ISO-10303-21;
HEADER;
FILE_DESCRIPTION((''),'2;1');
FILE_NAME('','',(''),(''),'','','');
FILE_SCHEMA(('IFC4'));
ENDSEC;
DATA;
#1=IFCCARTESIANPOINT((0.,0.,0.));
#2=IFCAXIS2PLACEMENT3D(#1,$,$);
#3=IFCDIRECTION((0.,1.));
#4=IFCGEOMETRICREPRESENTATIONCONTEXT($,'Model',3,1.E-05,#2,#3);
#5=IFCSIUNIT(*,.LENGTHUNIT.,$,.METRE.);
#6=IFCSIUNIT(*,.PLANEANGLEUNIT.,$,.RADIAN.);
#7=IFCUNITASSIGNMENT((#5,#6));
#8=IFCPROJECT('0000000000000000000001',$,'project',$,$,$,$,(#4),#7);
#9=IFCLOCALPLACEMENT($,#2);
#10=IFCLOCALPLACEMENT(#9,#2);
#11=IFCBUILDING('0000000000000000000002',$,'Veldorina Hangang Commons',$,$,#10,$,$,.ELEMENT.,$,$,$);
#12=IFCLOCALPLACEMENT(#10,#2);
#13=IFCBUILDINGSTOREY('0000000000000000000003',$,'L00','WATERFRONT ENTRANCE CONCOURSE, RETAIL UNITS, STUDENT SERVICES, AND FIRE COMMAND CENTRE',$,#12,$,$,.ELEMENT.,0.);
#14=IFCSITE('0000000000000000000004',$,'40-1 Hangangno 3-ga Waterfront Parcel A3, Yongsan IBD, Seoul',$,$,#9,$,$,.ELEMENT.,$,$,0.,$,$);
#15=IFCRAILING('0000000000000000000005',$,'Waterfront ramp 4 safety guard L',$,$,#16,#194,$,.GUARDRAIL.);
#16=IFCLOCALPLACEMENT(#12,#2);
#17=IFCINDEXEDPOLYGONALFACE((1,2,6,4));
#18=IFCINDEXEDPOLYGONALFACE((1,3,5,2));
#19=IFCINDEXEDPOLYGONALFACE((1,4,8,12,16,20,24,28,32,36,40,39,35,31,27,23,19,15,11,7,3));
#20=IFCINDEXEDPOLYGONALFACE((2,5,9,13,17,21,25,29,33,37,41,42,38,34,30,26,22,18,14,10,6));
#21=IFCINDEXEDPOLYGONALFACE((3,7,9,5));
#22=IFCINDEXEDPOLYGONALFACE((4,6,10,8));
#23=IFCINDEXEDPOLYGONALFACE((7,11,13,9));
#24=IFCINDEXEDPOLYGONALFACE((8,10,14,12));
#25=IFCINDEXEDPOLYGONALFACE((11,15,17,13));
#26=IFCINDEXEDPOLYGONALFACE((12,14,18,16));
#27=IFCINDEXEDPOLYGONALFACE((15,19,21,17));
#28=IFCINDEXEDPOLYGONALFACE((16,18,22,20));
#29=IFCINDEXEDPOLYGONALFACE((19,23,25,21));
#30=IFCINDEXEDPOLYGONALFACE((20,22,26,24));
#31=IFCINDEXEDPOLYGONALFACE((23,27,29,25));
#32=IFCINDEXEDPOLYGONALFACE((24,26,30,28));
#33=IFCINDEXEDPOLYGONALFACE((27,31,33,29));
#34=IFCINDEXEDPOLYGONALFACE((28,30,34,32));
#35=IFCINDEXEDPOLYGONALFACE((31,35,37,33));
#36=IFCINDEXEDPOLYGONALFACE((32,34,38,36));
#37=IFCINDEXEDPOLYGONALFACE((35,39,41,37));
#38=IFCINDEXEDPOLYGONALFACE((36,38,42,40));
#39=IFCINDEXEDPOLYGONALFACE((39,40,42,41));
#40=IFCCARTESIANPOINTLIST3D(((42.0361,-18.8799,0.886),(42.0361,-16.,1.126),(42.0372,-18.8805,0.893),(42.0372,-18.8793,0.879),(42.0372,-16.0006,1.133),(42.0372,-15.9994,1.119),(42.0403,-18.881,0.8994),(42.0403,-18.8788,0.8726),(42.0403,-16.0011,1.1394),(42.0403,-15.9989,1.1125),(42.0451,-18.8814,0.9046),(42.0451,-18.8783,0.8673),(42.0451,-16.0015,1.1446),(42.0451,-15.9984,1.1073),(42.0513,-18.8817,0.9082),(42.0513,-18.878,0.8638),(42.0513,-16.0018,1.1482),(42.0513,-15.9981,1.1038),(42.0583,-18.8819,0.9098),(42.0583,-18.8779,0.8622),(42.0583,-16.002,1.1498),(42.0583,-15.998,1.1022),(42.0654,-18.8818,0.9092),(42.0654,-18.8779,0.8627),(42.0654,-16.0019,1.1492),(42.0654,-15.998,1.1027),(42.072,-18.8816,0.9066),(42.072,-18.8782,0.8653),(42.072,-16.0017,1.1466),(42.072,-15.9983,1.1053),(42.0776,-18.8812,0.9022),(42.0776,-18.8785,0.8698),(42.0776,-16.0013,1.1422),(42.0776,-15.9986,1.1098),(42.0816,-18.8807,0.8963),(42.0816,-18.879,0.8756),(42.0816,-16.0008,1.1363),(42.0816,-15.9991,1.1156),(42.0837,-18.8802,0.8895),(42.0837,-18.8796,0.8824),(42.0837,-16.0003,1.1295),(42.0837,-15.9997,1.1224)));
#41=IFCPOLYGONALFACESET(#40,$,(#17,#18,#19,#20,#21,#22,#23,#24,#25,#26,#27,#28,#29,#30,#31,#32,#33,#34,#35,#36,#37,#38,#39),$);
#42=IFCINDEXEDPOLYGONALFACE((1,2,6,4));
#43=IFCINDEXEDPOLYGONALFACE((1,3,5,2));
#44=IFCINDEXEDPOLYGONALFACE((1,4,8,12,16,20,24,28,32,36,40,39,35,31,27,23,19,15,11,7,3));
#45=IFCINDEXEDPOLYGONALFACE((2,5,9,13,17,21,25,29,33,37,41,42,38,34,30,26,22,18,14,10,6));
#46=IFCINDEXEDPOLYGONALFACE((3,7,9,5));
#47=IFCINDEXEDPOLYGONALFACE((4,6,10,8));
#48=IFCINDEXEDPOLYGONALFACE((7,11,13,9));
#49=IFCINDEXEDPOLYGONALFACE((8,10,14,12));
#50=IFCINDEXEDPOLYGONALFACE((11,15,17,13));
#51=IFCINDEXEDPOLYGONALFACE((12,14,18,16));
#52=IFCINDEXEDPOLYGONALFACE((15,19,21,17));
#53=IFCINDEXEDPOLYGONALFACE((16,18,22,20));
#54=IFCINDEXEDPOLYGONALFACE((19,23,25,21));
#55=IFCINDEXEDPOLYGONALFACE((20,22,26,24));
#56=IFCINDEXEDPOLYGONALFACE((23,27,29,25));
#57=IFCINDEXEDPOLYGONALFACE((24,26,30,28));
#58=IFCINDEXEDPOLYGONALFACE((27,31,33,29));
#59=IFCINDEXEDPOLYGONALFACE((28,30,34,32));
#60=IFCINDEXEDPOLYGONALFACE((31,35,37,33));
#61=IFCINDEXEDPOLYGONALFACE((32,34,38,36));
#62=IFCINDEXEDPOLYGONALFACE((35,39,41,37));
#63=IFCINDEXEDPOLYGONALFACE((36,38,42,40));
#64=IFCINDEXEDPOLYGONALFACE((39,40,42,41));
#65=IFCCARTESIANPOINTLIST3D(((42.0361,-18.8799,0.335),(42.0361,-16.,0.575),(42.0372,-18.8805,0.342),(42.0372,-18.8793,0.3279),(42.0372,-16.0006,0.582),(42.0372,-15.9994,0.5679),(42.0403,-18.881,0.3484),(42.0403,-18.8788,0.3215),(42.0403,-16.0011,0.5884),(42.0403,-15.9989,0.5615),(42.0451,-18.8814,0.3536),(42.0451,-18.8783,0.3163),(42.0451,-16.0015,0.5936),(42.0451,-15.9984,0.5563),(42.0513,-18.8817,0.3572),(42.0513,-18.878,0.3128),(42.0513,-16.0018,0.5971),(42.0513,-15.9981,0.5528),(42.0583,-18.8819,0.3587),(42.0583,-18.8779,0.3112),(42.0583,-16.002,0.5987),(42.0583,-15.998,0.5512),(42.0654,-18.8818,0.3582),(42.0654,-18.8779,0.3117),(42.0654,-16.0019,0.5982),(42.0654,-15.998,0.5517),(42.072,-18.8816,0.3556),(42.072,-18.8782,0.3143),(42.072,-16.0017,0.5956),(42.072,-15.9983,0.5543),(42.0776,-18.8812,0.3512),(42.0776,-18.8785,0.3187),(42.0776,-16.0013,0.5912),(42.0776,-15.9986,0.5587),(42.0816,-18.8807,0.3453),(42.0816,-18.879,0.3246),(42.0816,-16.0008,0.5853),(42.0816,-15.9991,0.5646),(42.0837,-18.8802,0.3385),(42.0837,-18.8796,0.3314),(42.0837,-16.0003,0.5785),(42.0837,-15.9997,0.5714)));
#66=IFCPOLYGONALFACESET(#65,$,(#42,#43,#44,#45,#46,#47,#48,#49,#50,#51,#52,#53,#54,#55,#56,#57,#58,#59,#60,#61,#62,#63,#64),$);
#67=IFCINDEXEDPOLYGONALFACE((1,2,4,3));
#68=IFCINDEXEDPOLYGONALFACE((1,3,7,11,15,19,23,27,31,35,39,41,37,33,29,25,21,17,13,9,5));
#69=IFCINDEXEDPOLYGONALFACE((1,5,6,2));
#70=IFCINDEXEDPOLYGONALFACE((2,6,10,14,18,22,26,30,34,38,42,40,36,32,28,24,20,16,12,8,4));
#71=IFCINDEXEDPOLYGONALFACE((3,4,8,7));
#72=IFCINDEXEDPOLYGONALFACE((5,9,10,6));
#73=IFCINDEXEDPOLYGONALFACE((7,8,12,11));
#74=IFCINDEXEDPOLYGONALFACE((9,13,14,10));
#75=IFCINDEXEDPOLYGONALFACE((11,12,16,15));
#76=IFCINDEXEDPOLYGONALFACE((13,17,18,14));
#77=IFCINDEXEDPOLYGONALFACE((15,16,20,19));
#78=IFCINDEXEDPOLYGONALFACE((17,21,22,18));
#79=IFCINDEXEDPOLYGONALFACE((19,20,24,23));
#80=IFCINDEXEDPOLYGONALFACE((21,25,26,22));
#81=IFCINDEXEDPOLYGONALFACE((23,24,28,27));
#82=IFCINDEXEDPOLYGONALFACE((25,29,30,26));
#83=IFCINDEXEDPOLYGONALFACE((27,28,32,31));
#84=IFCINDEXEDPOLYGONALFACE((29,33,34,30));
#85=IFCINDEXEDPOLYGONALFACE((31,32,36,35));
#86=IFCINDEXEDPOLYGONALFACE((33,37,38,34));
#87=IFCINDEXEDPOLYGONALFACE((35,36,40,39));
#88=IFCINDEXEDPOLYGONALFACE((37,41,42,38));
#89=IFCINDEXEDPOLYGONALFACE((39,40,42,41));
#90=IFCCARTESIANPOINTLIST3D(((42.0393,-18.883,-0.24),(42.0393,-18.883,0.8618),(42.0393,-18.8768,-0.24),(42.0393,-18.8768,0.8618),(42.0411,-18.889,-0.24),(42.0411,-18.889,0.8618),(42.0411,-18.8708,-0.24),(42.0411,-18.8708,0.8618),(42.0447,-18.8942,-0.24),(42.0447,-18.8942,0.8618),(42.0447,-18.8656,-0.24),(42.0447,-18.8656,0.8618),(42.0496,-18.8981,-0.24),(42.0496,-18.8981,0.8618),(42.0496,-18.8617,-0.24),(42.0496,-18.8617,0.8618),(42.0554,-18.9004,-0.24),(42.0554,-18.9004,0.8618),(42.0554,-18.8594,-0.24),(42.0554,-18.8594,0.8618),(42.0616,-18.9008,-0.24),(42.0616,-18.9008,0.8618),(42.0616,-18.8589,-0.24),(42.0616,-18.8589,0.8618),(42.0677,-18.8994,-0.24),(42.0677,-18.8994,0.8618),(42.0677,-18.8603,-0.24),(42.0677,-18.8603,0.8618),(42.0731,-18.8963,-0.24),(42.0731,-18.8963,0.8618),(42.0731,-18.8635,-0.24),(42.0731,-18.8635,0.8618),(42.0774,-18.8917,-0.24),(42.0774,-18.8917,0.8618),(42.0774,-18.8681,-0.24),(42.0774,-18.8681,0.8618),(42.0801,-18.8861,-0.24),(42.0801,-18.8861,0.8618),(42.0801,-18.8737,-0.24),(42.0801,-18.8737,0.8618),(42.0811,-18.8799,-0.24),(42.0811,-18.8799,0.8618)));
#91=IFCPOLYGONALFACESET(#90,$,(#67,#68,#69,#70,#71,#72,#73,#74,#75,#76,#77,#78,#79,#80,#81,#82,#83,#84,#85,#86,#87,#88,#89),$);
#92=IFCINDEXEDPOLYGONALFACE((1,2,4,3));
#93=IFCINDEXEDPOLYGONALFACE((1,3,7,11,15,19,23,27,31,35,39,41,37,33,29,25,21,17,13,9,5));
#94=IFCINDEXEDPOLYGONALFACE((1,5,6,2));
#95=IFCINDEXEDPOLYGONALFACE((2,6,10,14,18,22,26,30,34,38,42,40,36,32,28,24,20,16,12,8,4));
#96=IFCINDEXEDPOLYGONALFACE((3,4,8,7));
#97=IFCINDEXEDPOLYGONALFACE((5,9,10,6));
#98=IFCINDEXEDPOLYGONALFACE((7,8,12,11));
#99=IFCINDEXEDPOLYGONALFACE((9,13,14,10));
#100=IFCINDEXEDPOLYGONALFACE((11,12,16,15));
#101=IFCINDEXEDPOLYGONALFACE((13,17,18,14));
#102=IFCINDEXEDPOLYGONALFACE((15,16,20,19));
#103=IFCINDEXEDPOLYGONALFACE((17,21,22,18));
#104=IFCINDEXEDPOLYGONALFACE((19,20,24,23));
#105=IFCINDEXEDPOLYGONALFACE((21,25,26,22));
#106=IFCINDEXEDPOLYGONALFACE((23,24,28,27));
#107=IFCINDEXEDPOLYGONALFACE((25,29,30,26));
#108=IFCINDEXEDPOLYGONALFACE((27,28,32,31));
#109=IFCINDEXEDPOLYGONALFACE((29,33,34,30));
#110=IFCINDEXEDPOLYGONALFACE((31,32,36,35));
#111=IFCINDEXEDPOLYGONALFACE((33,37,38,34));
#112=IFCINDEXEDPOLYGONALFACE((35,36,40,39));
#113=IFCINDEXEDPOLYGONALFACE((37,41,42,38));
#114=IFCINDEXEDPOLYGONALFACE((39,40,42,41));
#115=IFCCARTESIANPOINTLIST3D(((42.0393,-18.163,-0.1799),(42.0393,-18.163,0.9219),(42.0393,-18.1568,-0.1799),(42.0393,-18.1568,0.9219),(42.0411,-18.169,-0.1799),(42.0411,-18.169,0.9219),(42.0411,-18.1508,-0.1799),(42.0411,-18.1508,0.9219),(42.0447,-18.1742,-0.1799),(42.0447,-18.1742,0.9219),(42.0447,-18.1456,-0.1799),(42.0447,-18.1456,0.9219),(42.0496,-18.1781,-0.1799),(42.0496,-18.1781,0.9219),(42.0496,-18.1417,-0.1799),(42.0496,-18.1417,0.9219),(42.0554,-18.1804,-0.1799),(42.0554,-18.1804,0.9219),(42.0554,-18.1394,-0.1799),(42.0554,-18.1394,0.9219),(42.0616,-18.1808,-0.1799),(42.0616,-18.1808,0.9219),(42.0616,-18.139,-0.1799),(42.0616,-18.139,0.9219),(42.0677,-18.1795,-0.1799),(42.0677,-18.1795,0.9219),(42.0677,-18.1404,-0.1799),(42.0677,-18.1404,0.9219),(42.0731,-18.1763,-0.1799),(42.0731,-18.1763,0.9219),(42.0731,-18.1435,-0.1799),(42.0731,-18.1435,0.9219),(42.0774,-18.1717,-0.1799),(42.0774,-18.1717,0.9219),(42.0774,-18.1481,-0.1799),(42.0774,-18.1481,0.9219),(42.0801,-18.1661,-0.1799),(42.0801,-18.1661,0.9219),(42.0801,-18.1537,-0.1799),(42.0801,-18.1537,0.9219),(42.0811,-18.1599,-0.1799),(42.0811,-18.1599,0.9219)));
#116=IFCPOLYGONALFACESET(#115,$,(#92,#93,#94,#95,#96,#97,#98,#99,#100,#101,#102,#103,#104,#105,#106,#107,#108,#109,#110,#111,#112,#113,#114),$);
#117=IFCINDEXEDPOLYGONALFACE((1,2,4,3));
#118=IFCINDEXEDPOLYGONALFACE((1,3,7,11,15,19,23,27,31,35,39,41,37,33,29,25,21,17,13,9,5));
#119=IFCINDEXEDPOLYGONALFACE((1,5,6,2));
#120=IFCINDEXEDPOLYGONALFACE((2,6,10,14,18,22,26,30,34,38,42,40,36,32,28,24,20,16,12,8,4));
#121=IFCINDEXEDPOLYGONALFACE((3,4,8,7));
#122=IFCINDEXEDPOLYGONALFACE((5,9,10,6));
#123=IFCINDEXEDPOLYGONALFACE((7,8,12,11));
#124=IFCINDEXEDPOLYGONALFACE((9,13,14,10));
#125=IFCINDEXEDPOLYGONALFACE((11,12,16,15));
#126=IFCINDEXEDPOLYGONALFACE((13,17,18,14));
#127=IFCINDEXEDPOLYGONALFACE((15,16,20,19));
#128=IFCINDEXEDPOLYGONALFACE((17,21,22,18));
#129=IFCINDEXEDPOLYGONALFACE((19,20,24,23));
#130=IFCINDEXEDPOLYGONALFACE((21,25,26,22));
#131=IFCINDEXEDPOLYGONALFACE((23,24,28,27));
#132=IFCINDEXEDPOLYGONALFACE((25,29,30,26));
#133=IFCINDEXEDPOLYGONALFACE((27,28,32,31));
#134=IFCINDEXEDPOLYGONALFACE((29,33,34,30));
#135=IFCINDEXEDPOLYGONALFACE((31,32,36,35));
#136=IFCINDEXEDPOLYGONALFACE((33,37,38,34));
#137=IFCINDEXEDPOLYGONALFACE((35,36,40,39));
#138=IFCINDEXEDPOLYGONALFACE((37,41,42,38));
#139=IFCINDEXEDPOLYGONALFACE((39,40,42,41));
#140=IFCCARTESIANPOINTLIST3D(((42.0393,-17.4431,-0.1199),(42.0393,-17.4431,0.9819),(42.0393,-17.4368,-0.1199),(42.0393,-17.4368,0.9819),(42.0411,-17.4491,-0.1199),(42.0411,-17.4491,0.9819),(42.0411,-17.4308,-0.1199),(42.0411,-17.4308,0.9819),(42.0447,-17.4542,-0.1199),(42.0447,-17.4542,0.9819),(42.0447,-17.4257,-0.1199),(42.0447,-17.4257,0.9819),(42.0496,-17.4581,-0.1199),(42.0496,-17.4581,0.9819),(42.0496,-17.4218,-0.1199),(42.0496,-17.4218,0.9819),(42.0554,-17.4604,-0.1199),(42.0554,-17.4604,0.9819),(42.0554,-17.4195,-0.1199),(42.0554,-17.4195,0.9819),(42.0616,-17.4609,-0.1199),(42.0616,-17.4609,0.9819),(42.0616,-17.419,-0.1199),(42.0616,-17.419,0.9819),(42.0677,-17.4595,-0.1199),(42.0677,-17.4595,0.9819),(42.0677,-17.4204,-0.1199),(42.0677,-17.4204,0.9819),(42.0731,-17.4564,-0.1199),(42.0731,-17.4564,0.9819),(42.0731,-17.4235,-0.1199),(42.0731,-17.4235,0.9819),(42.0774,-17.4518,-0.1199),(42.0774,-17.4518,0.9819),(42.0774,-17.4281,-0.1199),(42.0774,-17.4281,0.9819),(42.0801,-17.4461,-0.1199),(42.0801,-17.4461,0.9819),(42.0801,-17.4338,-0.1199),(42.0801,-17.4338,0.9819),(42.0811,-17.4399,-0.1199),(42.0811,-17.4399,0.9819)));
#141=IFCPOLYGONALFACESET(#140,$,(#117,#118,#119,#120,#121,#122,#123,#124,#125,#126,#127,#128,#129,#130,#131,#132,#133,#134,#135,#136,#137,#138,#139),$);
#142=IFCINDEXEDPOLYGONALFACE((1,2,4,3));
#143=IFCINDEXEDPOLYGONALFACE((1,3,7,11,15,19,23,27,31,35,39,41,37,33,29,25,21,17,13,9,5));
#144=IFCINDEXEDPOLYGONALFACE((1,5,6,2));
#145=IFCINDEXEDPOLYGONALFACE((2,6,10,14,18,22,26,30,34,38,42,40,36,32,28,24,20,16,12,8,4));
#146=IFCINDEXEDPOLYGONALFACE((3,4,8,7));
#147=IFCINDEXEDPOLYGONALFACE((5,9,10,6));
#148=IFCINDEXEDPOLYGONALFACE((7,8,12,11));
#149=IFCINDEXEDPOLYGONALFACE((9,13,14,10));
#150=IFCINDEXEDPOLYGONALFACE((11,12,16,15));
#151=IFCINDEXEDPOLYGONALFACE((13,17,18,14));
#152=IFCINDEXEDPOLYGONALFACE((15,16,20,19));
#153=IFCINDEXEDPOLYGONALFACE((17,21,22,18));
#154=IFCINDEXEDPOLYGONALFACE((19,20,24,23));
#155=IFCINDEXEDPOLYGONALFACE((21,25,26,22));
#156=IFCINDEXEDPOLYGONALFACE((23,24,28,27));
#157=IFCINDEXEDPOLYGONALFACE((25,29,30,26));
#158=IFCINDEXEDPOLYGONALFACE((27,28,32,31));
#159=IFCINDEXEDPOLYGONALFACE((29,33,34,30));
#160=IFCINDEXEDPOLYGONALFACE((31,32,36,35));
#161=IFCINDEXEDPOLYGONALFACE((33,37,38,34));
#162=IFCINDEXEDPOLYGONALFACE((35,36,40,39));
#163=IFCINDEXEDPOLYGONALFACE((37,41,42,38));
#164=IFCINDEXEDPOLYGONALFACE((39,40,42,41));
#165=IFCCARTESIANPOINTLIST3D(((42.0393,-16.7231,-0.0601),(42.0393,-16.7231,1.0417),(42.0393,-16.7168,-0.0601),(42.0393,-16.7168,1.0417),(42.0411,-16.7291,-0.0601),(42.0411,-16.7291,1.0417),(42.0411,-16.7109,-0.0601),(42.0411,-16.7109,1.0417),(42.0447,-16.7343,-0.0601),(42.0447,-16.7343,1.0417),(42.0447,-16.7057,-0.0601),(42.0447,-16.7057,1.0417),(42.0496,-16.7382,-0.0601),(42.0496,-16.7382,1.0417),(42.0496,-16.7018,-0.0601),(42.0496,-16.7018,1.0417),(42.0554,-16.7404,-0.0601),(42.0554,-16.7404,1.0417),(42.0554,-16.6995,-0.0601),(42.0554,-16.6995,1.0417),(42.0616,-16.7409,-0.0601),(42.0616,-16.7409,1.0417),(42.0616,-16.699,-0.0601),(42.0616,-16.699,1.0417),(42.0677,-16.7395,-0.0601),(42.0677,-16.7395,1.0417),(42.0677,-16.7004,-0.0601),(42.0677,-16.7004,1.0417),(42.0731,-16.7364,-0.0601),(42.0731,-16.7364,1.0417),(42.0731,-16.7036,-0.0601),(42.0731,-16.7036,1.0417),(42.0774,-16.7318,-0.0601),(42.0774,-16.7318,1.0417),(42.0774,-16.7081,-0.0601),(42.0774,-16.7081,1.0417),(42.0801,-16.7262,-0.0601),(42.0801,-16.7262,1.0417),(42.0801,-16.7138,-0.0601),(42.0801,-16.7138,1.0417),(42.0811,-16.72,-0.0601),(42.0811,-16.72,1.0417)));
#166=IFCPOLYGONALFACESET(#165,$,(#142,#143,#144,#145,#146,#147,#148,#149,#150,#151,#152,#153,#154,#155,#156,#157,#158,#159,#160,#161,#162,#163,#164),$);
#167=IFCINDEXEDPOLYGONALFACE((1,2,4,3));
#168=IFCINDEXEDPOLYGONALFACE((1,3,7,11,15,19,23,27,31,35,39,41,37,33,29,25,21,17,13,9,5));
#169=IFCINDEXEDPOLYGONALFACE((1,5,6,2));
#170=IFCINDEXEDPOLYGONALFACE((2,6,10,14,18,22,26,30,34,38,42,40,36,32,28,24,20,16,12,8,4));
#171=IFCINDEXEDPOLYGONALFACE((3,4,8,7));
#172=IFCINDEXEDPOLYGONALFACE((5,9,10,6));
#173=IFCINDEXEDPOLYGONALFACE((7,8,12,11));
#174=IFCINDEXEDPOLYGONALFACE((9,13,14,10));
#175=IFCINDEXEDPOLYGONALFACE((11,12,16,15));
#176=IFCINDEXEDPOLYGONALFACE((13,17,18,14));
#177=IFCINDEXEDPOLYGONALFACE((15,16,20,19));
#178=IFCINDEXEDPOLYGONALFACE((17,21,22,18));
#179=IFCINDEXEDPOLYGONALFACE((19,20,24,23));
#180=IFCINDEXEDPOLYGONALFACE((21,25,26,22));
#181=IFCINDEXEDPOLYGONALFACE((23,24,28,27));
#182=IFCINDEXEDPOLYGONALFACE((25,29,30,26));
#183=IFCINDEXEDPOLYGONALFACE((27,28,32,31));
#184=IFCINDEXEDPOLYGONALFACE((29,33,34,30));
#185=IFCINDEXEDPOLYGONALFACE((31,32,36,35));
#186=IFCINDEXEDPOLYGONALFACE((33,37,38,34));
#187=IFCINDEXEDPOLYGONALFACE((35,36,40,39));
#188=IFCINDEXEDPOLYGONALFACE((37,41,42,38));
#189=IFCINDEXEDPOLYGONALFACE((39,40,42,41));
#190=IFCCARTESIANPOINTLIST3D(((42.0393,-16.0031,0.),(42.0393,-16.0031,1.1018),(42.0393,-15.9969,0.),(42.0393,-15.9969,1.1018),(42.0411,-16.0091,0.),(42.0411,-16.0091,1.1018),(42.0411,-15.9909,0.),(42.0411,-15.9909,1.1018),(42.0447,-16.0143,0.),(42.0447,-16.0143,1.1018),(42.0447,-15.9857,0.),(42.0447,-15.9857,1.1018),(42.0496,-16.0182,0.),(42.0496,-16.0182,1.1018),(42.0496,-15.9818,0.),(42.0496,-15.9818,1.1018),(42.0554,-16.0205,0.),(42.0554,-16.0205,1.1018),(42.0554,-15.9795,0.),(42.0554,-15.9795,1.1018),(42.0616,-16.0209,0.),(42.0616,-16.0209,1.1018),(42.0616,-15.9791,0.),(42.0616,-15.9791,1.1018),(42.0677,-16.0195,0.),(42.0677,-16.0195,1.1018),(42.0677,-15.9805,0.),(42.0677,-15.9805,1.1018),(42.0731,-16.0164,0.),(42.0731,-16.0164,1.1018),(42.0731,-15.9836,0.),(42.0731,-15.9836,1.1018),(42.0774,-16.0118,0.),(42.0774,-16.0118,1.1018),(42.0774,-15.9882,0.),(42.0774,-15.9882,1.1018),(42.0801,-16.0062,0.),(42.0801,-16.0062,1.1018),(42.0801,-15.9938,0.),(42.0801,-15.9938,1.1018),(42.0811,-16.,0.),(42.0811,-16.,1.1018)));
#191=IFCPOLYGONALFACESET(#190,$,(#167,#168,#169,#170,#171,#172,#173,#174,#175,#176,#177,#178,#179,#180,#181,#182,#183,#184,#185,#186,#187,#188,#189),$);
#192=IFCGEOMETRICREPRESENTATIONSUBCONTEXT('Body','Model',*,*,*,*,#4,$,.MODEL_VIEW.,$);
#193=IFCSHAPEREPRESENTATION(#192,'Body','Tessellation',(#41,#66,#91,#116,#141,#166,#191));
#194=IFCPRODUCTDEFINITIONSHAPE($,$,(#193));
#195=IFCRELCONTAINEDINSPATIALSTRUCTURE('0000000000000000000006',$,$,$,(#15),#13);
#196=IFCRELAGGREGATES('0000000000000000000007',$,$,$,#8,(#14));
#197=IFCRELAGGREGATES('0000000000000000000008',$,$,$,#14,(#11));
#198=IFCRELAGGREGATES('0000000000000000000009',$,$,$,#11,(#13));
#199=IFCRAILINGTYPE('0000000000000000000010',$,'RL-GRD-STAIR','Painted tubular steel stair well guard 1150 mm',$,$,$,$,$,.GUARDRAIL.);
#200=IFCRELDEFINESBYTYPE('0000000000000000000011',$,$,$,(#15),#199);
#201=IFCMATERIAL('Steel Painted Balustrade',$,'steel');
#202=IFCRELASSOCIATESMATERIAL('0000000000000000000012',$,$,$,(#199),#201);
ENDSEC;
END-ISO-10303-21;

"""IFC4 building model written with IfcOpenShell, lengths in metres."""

from ifc_helpers import new_model, si_unit, direction, frame, origin, origin_2d, place, context, subcontext, project, spatial, circle, extrude, material, type_object, element, save


model = new_model("IFC4")

# Units and contexts
model_context = context("Model", 3, precision=1e-05, world=origin(), true_north=direction((0.0, 1.0)))
body_context = subcontext(model_context, "Body", "Model", "MODEL_VIEW")
ifc_project = project(units=[si_unit("LENGTHUNIT", "METRE"), si_unit("PLANEANGLEUNIT", "RADIAN")], contexts=[model_context])

# Site, building, storey
site_placement = place(None, origin())
site = spatial("IfcSite", under=ifc_project, at=site_placement, Name="40-1 Hangangno 3-ga Waterfront Parcel A3, Yongsan IBD, Seoul", CompositionType="ELEMENT", RefElevation=0.0)
building_placement = place(site_placement, origin())
building = spatial("IfcBuilding", under=site, at=building_placement, Name="Veldorina Hangang Commons", CompositionType="ELEMENT")
storey_placement = place(building_placement, origin())
storey = spatial("IfcBuildingStorey", under=building, at=storey_placement, Name="L00", Description="WATERFRONT ENTRANCE CONCOURSE, RETAIL UNITS, STUDENT SERVICES, AND FIRE COMMAND CENTRE", CompositionType="ELEMENT", Elevation=0.0)

# Railing
ifc_material_1 = material(Name="Steel Painted Balustrade", Category="steel")
railing_type_1 = type_object("IfcRailingType", Name="RL-GRD-STAIR", Description="Painted tubular steel stair well guard 1150 mm", PredefinedType="GUARDRAIL", material=ifc_material_1)
for number, where, name in (
    (1, (42.0601, -18.8799, -0.24), "Waterfront ramp 4 safety guard L"),
):
    element("IfcRailing", number, at=place(storey_placement, frame(where)), inside=storey, type_object=railing_type_1, Name=name, PredefinedType="GUARDRAIL", context=body_context, shape_type="SweptSolid", body=[
        extrude(circle(Radius=0.0239, at=origin_2d()), frame((0.0, 0.0, 1.126), z_axis=(0.0, 0.996546, 0.083045), x_axis=(-1.0, 0.0, 0.0)), (0.0, 0.0, 1.0), 2.8899),
        extrude(circle(Radius=0.0239, at=origin_2d()), frame((0.0, 0.0, 0.575), z_axis=(0.0, 0.996546, 0.083045), x_axis=(-1.0, 0.0, 0.0)), (0.0, 0.0, 1.0), 2.8899),
        extrude(circle(Radius=0.021, at=origin_2d()), origin(), (0.0, 0.0, 1.0), 1.1018),
        extrude(circle(Radius=0.021, at=origin_2d()), frame((0.0, 0.72, 0.0601)), (0.0, 0.0, 1.0), 1.1018),
        extrude(circle(Radius=0.021, at=origin_2d()), frame((0.0, 1.4399, 0.1201)), (0.0, 0.0, 1.0), 1.1018),
        extrude(circle(Radius=0.021, at=origin_2d()), frame((0.0, 2.1599, 0.1799)), (0.0, 0.0, 1.0), 1.1018),
        extrude(circle(Radius=0.021, at=origin_2d()), frame((0.0, 2.8799, 0.24)), (0.0, 0.0, 1.0), 1.1018),
    ])

save(model, "model.ifc")
